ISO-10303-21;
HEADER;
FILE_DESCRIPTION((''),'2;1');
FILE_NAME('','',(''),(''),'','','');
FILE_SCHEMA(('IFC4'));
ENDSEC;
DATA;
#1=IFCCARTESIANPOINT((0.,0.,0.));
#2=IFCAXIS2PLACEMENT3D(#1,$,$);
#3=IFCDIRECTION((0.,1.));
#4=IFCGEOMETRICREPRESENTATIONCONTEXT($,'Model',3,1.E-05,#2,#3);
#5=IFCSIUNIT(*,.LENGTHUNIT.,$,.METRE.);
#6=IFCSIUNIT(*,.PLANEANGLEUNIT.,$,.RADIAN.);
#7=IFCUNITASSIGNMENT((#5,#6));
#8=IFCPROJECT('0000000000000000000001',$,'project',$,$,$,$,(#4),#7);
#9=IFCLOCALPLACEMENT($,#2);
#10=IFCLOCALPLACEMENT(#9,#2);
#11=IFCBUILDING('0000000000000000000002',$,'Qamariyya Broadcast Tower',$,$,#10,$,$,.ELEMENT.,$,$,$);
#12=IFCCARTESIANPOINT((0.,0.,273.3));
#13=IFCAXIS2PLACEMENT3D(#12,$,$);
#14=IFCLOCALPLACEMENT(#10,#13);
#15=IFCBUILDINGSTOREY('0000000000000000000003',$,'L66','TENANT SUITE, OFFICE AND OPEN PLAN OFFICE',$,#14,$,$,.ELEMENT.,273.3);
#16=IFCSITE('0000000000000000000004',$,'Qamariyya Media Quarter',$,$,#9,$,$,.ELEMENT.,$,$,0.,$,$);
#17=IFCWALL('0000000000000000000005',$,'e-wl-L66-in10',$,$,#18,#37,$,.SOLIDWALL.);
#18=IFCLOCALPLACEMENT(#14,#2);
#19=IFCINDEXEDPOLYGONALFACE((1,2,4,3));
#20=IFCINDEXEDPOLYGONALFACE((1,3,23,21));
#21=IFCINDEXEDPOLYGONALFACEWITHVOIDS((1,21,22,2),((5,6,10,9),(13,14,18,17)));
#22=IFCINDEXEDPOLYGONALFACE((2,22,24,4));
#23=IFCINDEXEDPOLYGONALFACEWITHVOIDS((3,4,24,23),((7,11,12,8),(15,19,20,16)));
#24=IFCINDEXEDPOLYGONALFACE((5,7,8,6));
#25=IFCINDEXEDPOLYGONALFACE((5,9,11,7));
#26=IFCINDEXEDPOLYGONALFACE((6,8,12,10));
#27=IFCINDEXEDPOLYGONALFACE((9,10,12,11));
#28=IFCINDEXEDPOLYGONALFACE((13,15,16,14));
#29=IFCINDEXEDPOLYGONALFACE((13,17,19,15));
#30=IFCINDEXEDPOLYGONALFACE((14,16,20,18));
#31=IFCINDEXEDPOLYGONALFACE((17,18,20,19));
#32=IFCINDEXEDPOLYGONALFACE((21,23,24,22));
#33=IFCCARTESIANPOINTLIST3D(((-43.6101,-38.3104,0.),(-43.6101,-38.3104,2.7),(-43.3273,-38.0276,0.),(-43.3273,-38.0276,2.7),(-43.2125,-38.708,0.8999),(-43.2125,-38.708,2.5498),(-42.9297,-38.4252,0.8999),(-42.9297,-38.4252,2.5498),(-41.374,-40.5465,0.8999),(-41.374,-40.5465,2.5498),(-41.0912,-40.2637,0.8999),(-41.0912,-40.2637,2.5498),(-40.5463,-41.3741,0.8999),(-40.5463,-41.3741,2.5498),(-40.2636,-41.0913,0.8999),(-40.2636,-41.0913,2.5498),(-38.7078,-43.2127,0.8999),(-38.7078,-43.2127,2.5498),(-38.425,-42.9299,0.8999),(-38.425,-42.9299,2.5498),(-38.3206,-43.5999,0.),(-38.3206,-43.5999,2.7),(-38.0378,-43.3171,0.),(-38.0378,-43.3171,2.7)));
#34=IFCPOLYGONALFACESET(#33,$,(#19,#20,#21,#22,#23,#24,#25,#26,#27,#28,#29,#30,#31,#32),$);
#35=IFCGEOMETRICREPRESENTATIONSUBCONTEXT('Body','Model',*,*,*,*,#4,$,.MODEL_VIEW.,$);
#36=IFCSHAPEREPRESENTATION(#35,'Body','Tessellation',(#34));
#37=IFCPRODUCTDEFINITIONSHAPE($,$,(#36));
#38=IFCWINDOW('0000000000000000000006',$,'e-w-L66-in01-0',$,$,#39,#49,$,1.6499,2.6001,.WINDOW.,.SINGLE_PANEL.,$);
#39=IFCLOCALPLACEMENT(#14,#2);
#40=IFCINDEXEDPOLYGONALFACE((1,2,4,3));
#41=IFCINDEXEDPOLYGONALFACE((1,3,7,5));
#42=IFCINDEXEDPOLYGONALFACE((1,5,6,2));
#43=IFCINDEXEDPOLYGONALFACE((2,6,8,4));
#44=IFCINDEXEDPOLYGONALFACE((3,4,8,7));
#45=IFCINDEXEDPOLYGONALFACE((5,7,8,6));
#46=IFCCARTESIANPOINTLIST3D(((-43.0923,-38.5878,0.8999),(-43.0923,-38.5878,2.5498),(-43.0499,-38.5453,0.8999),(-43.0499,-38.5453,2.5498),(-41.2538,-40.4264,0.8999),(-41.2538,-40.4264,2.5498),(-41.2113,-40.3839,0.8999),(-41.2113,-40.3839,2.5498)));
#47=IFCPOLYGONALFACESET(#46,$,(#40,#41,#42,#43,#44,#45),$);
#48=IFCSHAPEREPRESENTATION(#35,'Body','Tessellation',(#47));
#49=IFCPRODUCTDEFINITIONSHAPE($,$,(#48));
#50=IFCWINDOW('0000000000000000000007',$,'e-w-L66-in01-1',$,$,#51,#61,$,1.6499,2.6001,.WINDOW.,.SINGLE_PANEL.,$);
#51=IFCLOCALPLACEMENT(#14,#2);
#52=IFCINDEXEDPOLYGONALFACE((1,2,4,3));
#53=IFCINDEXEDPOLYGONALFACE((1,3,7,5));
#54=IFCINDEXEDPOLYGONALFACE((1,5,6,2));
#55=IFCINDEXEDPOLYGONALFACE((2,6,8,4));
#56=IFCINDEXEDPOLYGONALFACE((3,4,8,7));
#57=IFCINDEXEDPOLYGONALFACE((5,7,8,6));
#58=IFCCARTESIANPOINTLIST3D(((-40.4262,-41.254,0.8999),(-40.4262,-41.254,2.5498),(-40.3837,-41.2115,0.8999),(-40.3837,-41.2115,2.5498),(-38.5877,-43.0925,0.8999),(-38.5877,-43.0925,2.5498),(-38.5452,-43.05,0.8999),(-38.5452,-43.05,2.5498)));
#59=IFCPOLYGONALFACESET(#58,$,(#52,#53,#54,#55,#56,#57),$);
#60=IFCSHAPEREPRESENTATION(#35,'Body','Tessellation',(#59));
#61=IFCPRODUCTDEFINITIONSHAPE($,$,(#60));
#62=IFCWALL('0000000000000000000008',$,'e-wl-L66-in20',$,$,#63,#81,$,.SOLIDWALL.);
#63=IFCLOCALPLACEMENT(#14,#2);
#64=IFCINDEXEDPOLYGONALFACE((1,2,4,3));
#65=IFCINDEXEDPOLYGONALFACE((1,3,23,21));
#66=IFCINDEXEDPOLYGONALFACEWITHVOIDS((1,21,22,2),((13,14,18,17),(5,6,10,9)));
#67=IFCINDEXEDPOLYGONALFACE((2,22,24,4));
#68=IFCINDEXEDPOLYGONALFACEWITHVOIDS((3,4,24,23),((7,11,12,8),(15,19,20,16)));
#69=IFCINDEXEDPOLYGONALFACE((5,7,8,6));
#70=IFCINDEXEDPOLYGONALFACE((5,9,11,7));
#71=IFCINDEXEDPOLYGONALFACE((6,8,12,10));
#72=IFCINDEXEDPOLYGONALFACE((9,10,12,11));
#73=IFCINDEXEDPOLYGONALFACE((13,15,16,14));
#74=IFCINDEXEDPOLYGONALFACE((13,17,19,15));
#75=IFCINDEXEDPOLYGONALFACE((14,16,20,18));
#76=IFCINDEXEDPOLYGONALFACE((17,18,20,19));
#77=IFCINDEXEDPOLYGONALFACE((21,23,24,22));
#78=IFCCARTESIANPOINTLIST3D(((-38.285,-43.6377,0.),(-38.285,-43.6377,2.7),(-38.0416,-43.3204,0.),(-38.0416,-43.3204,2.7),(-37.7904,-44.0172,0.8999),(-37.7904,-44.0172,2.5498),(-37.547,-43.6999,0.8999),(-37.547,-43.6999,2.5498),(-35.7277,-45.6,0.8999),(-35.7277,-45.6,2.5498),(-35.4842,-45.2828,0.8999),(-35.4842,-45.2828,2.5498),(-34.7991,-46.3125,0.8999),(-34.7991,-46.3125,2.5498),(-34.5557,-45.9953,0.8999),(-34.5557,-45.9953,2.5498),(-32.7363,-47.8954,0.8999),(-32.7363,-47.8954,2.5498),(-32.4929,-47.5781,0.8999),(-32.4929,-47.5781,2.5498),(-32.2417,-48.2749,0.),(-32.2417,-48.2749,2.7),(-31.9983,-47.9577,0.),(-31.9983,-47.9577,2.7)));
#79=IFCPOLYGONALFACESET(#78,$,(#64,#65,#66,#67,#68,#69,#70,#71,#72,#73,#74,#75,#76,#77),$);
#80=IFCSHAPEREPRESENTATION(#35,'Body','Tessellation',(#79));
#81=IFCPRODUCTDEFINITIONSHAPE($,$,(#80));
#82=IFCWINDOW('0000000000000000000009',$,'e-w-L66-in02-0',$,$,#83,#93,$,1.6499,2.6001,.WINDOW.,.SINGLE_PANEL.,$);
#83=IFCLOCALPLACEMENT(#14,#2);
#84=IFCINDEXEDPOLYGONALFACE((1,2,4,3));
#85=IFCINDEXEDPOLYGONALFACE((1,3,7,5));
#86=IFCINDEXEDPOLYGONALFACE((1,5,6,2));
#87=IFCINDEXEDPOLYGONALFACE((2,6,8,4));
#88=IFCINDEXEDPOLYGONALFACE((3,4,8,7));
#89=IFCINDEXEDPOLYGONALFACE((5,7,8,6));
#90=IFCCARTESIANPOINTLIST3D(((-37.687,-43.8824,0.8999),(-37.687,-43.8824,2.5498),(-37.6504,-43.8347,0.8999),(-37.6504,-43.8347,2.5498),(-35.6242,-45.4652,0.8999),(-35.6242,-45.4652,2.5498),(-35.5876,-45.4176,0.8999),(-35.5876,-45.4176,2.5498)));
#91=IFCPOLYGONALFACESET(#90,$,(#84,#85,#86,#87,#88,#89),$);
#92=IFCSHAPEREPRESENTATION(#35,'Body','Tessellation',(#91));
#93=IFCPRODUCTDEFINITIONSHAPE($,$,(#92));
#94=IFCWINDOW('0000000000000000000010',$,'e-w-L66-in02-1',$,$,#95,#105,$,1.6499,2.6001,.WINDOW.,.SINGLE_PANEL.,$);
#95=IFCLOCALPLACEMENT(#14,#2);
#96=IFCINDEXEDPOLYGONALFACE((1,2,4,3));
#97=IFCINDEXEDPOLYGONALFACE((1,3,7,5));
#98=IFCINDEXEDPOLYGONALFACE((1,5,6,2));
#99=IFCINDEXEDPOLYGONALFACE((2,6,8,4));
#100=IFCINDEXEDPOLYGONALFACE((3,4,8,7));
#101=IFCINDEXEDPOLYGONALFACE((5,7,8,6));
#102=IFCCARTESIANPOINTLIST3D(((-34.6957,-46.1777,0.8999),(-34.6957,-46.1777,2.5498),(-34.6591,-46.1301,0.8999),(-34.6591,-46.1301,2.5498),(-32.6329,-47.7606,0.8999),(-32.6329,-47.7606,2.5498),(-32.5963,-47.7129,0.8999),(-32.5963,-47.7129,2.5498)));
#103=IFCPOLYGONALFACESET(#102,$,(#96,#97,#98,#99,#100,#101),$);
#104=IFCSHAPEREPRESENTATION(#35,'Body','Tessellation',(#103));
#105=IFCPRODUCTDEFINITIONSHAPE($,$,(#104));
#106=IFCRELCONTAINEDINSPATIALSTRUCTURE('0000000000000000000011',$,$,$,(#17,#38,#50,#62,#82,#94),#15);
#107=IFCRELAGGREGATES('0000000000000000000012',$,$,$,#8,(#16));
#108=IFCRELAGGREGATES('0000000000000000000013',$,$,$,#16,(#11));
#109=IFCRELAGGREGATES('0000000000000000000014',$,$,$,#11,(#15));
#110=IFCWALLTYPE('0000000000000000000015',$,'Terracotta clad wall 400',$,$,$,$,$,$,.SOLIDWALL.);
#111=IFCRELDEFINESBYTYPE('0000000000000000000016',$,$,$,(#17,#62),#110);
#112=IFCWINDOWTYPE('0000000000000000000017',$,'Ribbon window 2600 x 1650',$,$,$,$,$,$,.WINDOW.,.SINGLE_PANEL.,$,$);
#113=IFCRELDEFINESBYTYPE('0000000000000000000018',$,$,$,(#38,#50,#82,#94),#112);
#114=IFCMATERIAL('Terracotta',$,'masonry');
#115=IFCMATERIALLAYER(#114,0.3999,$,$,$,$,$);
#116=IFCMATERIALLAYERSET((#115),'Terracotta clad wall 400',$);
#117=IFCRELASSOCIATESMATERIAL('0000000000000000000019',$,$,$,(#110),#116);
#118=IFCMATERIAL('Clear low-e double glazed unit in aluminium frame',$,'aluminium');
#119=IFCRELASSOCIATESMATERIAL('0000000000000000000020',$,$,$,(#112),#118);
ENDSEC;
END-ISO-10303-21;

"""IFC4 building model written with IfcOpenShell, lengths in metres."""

from ifc_helpers import new_model, si_unit, direction, frame, frame_2d, origin, place, context, subcontext, project, spatial, rectangle, extrude, material, layer, layer_set, type_object, element, fill, save


model = new_model("IFC4")

# Units and contexts
model_context = context("Model", 3, precision=1e-05, world=origin(), true_north=direction((0.0, 1.0)))
body_context = subcontext(model_context, "Body", "Model", "MODEL_VIEW")
ifc_project = project(units=[si_unit("LENGTHUNIT", "METRE"), si_unit("PLANEANGLEUNIT", "RADIAN")], contexts=[model_context])

# Site, building, storey
site_placement = place(None, origin())
site = spatial("IfcSite", under=ifc_project, at=site_placement, Name="Qamariyya Media Quarter", CompositionType="ELEMENT", RefElevation=0.0)
building_placement = place(site_placement, origin())
building = spatial("IfcBuilding", under=site, at=building_placement, Name="Qamariyya Broadcast Tower", CompositionType="ELEMENT")
storey_placement = place(building_placement, frame((0.0, 0.0, 273.3)))
storey = spatial("IfcBuildingStorey", under=building, at=storey_placement, Name="L66", Description="TENANT SUITE, OFFICE AND OPEN PLAN OFFICE", CompositionType="ELEMENT", Elevation=273.3)

# Walls, openings, windows
ifc_material_1 = material(Name="Terracotta", Category="masonry")
ifc_layer_1 = layer(ifc_material_1, 0.3999)
ifc_layer_set_1 = layer_set([ifc_layer_1], Name="Terracotta clad wall 400")
wall_type_1 = type_object("IfcWallType", Name="Terracotta clad wall 400", PredefinedType="SOLIDWALL", material=ifc_layer_set_1)
wall_1_placement = place(storey_placement, frame((-38.1792, -43.4585, 0.0), z_axis=(0.0, 0.0, 1.0), x_axis=(-0.707107, 0.707107, 0.0)))
wall_1 = element("IfcWall", 1, at=wall_1_placement, inside=storey, type_object=wall_type_1, Name="e-wl-L66-in10", PredefinedType="SOLIDWALL", context=body_context, shape_type="SweptSolid", body=[
    extrude(rectangle(XDim=7.4805, YDim=0.3999, at=frame_2d((3.7402, 0.0))), origin(), (0.0, 0.0, 1.0), 2.7),
])
opening_1_placement = place(wall_1_placement, frame((4.3181, 0.0, 0.8999)))
opening_1 = element("IfcOpeningElement", 2, at=opening_1_placement, cuts=wall_1, PredefinedType="OPENING", context=body_context, shape_type="SweptSolid", body=[
    extrude(rectangle(XDim=2.6001, YDim=1.6499, at=frame_2d((1.3, 0.825))), frame((0.0, 0.21, 0.0), z_axis=(0.0, -1.0, 0.0), x_axis=(1.0, 0.0, 0.0)), (0.0, 0.0, 1.0), 0.4199),
])
opening_2_placement = place(wall_1_placement, frame((0.5476, 0.0, 0.8999)))
opening_2 = element("IfcOpeningElement", 3, at=opening_2_placement, cuts=wall_1, PredefinedType="OPENING", context=body_context, shape_type="SweptSolid", body=[
    extrude(rectangle(XDim=2.6001, YDim=1.6499, at=frame_2d((1.3, 0.825))), frame((0.0, 0.21, 0.0), z_axis=(0.0, -1.0, 0.0), x_axis=(1.0, 0.0, 0.0)), (0.0, 0.0, 1.0), 0.4199),
])
ifc_material_2 = material(Name="Clear low-e double glazed unit in aluminium frame", Category="aluminium")
window_type = type_object("IfcWindowType", Name="Ribbon window 2600 x 1650", PartitioningType="SINGLE_PANEL", PredefinedType="WINDOW", material=ifc_material_2)
window_1_placement = place(opening_1_placement, origin())
window_1 = element("IfcWindow", 4, at=window_1_placement, inside=storey, type_object=window_type, Name="e-w-L66-in01-0", OverallHeight=1.6499, OverallWidth=2.6001, PartitioningType="SINGLE_PANEL", PredefinedType="WINDOW", context=body_context, shape_type="SweptSolid", body=[
    extrude(rectangle(XDim=2.6001, YDim=1.6499, at=frame_2d((1.3, 0.825))), frame((0.0, 0.03, 0.0), z_axis=(0.0, -1.0, 0.0), x_axis=(1.0, 0.0, 0.0)), (0.0, 0.0, 1.0), 0.0601),
])
fill(opening_1, window_1)
window_2_placement = place(opening_2_placement, origin())
window_2 = element("IfcWindow", 5, at=window_2_placement, inside=storey, type_object=window_type, Name="e-w-L66-in01-1", OverallHeight=1.6499, OverallWidth=2.6001, PartitioningType="SINGLE_PANEL", PredefinedType="WINDOW", context=body_context, shape_type="SweptSolid", body=[
    extrude(rectangle(XDim=2.6001, YDim=1.6499, at=frame_2d((1.3, 0.825))), frame((0.0, 0.03, 0.0), z_axis=(0.0, -1.0, 0.0), x_axis=(1.0, 0.0, 0.0)), (0.0, 0.0, 1.0), 0.0601),
])
fill(opening_2, window_2)
wall_2_placement = place(storey_placement, frame((-32.1201, -48.1162, 0.0), z_axis=(0.0, 0.0, 1.0), x_axis=(-0.793348, 0.608769, 0.0)))
wall_2 = element("IfcWall", 6, at=wall_2_placement, inside=storey, type_object=wall_type_1, Name="e-wl-L66-in20", PredefinedType="SOLIDWALL", context=body_context, shape_type="SweptSolid", body=[
    extrude(rectangle(XDim=7.6174, YDim=0.3999, at=frame_2d((3.8086, 0.0))), origin(), (0.0, 0.0, 1.0), 2.7),
])
opening_3_placement = place(wall_2_placement, frame((4.3938, 0.0, 0.8999)))
opening_3 = element("IfcOpeningElement", 7, at=opening_3_placement, cuts=wall_2, PredefinedType="OPENING", context=body_context, shape_type="SweptSolid", body=[
    extrude(rectangle(XDim=2.6001, YDim=1.6499, at=frame_2d((1.3, 0.825))), frame((0.0, 0.21, 0.0), z_axis=(0.0, -1.0, 0.0), x_axis=(1.0, 0.0, 0.0)), (0.0, 0.0, 1.0), 0.4199),
])
opening_4_placement = place(wall_2_placement, frame((0.6233, 0.0, 0.8999)))
opening_4 = element("IfcOpeningElement", 8, at=opening_4_placement, cuts=wall_2, PredefinedType="OPENING", context=body_context, shape_type="SweptSolid", body=[
    extrude(rectangle(XDim=2.6001, YDim=1.6499, at=frame_2d((1.3, 0.825))), frame((0.0, 0.21, 0.0), z_axis=(0.0, -1.0, 0.0), x_axis=(1.0, 0.0, 0.0)), (0.0, 0.0, 1.0), 0.4199),
])
window_3_placement = place(opening_3_placement, origin())
window_3 = element("IfcWindow", 9, at=window_3_placement, inside=storey, type_object=window_type, Name="e-w-L66-in02-0", OverallHeight=1.6499, OverallWidth=2.6001, PartitioningType="SINGLE_PANEL", PredefinedType="WINDOW", context=body_context, shape_type="SweptSolid", body=[
    extrude(rectangle(XDim=2.6001, YDim=1.6499, at=frame_2d((1.3, 0.825))), frame((0.0, 0.03, 0.0), z_axis=(0.0, -1.0, 0.0), x_axis=(1.0, 0.0, 0.0)), (0.0, 0.0, 1.0), 0.0601),
])
fill(opening_3, window_3)
window_4_placement = place(opening_4_placement, origin())
window_4 = element("IfcWindow", 10, at=window_4_placement, inside=storey, type_object=window_type, Name="e-w-L66-in02-1", OverallHeight=1.6499, OverallWidth=2.6001, PartitioningType="SINGLE_PANEL", PredefinedType="WINDOW", context=body_context, shape_type="SweptSolid", body=[
    extrude(rectangle(XDim=2.6001, YDim=1.6499, at=frame_2d((1.3, 0.825))), frame((0.0, 0.03, 0.0), z_axis=(0.0, -1.0, 0.0), x_axis=(1.0, 0.0, 0.0)), (0.0, 0.0, 1.0), 0.0601),
])
fill(opening_4, window_4)

save(model, "model.ifc")
